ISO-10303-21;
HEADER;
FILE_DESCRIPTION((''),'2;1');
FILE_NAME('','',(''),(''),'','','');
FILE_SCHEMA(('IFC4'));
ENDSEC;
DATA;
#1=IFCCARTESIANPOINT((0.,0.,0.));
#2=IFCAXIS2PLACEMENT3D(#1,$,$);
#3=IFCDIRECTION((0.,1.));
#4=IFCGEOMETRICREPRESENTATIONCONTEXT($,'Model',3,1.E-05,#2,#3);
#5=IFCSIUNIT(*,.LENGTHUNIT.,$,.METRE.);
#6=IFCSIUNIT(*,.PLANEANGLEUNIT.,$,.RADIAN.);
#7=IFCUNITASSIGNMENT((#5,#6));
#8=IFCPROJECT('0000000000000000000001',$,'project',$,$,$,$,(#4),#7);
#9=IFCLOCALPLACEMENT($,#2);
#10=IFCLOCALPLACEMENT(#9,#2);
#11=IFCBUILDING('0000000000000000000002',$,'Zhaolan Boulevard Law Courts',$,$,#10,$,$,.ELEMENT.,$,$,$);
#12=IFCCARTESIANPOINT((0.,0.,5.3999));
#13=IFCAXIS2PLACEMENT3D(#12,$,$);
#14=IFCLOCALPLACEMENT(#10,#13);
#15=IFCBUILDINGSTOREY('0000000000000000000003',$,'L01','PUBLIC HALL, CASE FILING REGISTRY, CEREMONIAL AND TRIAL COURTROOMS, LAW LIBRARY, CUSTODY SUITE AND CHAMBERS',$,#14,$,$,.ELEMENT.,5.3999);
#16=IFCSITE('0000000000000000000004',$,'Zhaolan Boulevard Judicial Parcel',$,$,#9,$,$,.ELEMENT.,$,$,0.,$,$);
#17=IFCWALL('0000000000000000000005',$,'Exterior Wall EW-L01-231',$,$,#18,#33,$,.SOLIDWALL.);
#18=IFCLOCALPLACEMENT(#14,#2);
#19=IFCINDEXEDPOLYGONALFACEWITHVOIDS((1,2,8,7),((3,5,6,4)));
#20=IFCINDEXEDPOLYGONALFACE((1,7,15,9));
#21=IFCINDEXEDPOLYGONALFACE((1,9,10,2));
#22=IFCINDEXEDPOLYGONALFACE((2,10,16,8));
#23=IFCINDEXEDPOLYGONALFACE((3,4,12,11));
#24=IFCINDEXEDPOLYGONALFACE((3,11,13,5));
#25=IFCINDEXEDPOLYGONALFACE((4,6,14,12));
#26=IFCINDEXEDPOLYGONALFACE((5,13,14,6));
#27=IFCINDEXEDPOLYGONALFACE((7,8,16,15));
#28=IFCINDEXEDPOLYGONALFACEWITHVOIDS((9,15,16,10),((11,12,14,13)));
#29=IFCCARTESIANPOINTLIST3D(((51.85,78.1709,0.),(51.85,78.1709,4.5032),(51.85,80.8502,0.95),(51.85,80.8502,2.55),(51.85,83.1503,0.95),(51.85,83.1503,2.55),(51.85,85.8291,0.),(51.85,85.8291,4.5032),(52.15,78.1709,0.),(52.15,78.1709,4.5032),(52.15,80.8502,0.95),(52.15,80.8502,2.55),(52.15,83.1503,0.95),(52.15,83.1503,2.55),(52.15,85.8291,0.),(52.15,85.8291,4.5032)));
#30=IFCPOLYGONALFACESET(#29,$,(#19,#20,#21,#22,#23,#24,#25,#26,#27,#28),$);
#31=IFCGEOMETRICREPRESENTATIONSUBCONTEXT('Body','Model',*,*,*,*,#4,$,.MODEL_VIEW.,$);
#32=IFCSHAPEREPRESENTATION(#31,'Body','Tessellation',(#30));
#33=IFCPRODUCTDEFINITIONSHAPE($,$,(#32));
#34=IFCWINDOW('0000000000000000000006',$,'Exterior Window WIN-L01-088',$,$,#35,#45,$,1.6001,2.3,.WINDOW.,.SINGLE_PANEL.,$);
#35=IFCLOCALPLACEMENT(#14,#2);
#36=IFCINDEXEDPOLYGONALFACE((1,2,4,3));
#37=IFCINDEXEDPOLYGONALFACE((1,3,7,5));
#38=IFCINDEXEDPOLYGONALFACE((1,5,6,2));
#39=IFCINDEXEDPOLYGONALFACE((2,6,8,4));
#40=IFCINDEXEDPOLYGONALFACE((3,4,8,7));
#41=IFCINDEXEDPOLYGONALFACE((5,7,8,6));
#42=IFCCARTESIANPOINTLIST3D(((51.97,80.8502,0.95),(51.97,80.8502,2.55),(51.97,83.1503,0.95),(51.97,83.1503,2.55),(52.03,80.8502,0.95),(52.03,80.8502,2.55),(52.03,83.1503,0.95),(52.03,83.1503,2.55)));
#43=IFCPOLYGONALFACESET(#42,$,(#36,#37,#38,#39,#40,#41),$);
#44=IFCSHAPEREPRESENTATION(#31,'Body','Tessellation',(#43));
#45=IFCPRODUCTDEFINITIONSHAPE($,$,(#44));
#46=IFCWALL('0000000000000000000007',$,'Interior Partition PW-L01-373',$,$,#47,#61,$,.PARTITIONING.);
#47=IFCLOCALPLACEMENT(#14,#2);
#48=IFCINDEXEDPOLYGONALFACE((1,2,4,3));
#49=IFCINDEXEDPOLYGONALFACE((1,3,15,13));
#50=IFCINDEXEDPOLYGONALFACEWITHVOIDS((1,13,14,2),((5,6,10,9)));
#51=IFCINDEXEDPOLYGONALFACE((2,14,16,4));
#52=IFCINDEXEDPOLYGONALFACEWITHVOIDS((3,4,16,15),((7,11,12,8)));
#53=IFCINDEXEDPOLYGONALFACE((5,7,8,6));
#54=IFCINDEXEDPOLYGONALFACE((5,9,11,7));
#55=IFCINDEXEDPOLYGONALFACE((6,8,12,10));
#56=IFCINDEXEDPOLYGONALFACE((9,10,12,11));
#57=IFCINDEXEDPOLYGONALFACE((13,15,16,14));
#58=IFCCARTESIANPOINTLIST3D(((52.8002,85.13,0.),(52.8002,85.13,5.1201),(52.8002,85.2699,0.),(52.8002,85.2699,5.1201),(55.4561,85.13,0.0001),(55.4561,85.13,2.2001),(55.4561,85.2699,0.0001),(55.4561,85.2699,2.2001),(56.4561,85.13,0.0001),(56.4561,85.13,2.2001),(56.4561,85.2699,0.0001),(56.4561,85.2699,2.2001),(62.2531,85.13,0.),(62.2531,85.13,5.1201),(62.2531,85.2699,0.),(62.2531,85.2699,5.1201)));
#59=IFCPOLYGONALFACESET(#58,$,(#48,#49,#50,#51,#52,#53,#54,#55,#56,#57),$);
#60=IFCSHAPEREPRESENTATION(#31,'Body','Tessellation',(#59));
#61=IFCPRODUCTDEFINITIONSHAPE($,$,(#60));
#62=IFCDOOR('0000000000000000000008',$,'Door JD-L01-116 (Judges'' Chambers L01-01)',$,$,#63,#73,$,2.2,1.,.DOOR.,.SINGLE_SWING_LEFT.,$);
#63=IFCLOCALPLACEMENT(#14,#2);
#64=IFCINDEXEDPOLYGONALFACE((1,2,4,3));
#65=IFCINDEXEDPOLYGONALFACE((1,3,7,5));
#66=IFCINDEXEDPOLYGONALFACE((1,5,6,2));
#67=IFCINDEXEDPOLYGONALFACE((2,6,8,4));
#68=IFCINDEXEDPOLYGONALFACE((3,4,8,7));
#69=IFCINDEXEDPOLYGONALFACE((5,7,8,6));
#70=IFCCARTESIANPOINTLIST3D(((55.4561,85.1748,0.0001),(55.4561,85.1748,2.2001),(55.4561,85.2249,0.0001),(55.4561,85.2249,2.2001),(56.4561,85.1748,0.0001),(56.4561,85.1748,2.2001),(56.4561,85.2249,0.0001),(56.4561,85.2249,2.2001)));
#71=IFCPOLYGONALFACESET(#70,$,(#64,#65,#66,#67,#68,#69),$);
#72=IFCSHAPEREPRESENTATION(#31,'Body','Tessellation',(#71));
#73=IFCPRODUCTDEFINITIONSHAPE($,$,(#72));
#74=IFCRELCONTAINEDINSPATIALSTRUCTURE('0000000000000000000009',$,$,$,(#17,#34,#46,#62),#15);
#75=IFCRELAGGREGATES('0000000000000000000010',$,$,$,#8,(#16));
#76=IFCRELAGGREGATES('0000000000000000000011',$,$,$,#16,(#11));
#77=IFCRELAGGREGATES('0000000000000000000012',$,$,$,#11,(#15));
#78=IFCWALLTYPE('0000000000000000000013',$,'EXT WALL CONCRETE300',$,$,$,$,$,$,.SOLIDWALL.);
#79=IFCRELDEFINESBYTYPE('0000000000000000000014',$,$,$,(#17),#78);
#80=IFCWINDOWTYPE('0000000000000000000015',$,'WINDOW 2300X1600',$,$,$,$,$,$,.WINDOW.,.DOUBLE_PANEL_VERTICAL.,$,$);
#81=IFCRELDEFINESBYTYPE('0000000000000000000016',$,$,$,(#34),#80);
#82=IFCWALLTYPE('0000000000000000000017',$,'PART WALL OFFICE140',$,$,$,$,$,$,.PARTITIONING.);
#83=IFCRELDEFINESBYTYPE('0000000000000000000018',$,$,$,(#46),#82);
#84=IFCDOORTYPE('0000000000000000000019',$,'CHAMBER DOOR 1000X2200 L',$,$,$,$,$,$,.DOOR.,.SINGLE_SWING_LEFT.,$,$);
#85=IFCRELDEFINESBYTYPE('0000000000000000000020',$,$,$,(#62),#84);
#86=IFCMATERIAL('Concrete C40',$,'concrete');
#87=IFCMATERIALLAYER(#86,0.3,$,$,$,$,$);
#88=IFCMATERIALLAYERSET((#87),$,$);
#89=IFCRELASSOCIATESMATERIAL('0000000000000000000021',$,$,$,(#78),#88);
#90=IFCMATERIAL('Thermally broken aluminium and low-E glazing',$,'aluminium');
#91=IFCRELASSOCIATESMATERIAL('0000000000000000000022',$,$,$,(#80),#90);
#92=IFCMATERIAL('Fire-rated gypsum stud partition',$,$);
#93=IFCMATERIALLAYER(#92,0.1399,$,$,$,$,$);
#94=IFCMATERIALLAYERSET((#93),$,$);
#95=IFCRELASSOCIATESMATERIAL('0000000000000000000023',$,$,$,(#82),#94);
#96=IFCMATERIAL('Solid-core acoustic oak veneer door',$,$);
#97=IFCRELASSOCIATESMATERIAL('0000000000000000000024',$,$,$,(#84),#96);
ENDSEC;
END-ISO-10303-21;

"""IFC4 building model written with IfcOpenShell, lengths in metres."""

from ifc_helpers import new_model, si_unit, direction, frame, frame_2d, origin, place, context, subcontext, project, spatial, rectangle, extrude, material, layer, layer_set, type_object, element, fill, save


model = new_model("IFC4")

# Units and contexts
model_context = context("Model", 3, precision=1e-05, world=origin(), true_north=direction((0.0, 1.0)))
body_context = subcontext(model_context, "Body", "Model", "MODEL_VIEW")
ifc_project = project(units=[si_unit("LENGTHUNIT", "METRE"), si_unit("PLANEANGLEUNIT", "RADIAN")], contexts=[model_context])

# Site, building, storey
site_placement = place(None, origin())
site = spatial("IfcSite", under=ifc_project, at=site_placement, Name="Zhaolan Boulevard Judicial Parcel", CompositionType="ELEMENT", RefElevation=0.0)
building_placement = place(site_placement, origin())
building = spatial("IfcBuilding", under=site, at=building_placement, Name="Zhaolan Boulevard Law Courts", CompositionType="ELEMENT")
storey_placement = place(building_placement, frame((0.0, 0.0, 5.3999)))
storey = spatial("IfcBuildingStorey", under=building, at=storey_placement, Name="L01", Description="PUBLIC HALL, CASE FILING REGISTRY, CEREMONIAL AND TRIAL COURTROOMS, LAW LIBRARY, CUSTODY SUITE AND CHAMBERS", CompositionType="ELEMENT", Elevation=5.3999)

# Wall, opening, window
ifc_material_1 = material(Name="Concrete C40", Category="concrete")
ifc_layer_1 = layer(ifc_material_1, 0.3)
ifc_layer_set_1 = layer_set([ifc_layer_1])
wall_type_1 = type_object("IfcWallType", Name="EXT WALL CONCRETE300", PredefinedType="SOLIDWALL", material=ifc_layer_set_1)
wall_1_placement = place(storey_placement, frame((52.0, 85.8291, 0.0), z_axis=(0.0, 0.0, 1.0), x_axis=(0.0, -1.0, 0.0)))
wall_1 = element("IfcWall", 1, at=wall_1_placement, inside=storey, type_object=wall_type_1, Name="Exterior Wall EW-L01-231", PredefinedType="SOLIDWALL", context=body_context, shape_type="SweptSolid", body=[
    extrude(rectangle(XDim=7.6582, YDim=0.3, at=frame_2d((3.8291, 0.0))), origin(), (0.0, 0.0, 1.0), 4.5032),
])
opening_1_placement = place(wall_1_placement, frame((2.679, 0.0, 0.95)))
opening_1 = element("IfcOpeningElement", 2, at=opening_1_placement, cuts=wall_1, PredefinedType="OPENING", context=body_context, shape_type="SweptSolid", body=[
    extrude(rectangle(XDim=2.3, YDim=1.6001, at=frame_2d((1.1499, 0.8))), frame((0.0, 0.1599, 0.0), z_axis=(0.0, -1.0, 0.0), x_axis=(1.0, 0.0, 0.0)), (0.0, 0.0, 1.0), 0.3201),
])
ifc_material_2 = material(Name="Thermally broken aluminium and low-E glazing", Category="aluminium")
window_type = type_object("IfcWindowType", Name="WINDOW 2300X1600", PartitioningType="DOUBLE_PANEL_VERTICAL", PredefinedType="WINDOW", material=ifc_material_2)
window_placement = place(opening_1_placement, origin())
window = element("IfcWindow", 3, at=window_placement, inside=storey, type_object=window_type, Name="Exterior Window WIN-L01-088", OverallHeight=1.6001, OverallWidth=2.3, PartitioningType="SINGLE_PANEL", PredefinedType="WINDOW", context=body_context, shape_type="SweptSolid", body=[
    extrude(rectangle(XDim=2.3, YDim=1.6001, at=frame_2d((1.1499, 0.8))), frame((0.0, 0.03, 0.0), z_axis=(0.0, -1.0, 0.0), x_axis=(1.0, 0.0, 0.0)), (0.0, 0.0, 1.0), 0.0601),
])
fill(opening_1, window)

# Wall, opening, door
ifc_material_3 = material(Name="Fire-rated gypsum stud partition")
ifc_layer_2 = layer(ifc_material_3, 0.1399)
ifc_layer_set_2 = layer_set([ifc_layer_2])
wall_type_2 = type_object("IfcWallType", Name="PART WALL OFFICE140", PredefinedType="PARTITIONING", material=ifc_layer_set_2)
wall_2_placement = place(storey_placement, frame((52.8, 85.2, 0.0), z_axis=(0.0, 0.0, 1.0), x_axis=(1.0, 0.0, 0.0)))
wall_2 = element("IfcWall", 4, at=wall_2_placement, inside=storey, type_object=wall_type_2, Name="Interior Partition PW-L01-373", PredefinedType="PARTITIONING", context=body_context, shape_type="SweptSolid", body=[
    extrude(rectangle(XDim=9.4529, YDim=0.1399, at=frame_2d((4.7266, 0.0))), origin(), (0.0, 0.0, 1.0), 5.1201),
])
opening_2_placement = place(wall_2_placement, frame((2.656, 0.0, 0.0)))
opening_2 = element("IfcOpeningElement", 5, at=opening_2_placement, cuts=wall_2, PredefinedType="OPENING", context=body_context, shape_type="SweptSolid", body=[
    extrude(rectangle(XDim=1.0, YDim=2.2, at=frame_2d((0.5, 1.1001))), frame((0.0, 0.0798, 0.0), z_axis=(0.0, -1.0, 0.0), x_axis=(1.0, 0.0, 0.0)), (0.0, 0.0, 1.0), 0.1599),
])
ifc_material_4 = material(Name="Solid-core acoustic oak veneer door")
door_type = type_object("IfcDoorType", Name="CHAMBER DOOR 1000X2200 L", OperationType="SINGLE_SWING_LEFT", PredefinedType="DOOR", material=ifc_material_4)
door_placement = place(opening_2_placement, origin())
door = element("IfcDoor", 6, at=door_placement, inside=storey, type_object=door_type, Name="Door JD-L01-116 (Judges' Chambers L01-01)", OperationType="SINGLE_SWING_LEFT", OverallHeight=2.2, OverallWidth=1.0, PredefinedType="DOOR", context=body_context, shape_type="SweptSolid", body=[
    extrude(rectangle(XDim=1.0, YDim=2.2, at=frame_2d((0.5, 1.1001))), frame((0.0, 0.0249, 0.0), z_axis=(0.0, -1.0, 0.0), x_axis=(1.0, 0.0, 0.0)), (0.0, 0.0, 1.0), 0.05),
])
fill(opening_2, door)

save(model, "model.ifc")
